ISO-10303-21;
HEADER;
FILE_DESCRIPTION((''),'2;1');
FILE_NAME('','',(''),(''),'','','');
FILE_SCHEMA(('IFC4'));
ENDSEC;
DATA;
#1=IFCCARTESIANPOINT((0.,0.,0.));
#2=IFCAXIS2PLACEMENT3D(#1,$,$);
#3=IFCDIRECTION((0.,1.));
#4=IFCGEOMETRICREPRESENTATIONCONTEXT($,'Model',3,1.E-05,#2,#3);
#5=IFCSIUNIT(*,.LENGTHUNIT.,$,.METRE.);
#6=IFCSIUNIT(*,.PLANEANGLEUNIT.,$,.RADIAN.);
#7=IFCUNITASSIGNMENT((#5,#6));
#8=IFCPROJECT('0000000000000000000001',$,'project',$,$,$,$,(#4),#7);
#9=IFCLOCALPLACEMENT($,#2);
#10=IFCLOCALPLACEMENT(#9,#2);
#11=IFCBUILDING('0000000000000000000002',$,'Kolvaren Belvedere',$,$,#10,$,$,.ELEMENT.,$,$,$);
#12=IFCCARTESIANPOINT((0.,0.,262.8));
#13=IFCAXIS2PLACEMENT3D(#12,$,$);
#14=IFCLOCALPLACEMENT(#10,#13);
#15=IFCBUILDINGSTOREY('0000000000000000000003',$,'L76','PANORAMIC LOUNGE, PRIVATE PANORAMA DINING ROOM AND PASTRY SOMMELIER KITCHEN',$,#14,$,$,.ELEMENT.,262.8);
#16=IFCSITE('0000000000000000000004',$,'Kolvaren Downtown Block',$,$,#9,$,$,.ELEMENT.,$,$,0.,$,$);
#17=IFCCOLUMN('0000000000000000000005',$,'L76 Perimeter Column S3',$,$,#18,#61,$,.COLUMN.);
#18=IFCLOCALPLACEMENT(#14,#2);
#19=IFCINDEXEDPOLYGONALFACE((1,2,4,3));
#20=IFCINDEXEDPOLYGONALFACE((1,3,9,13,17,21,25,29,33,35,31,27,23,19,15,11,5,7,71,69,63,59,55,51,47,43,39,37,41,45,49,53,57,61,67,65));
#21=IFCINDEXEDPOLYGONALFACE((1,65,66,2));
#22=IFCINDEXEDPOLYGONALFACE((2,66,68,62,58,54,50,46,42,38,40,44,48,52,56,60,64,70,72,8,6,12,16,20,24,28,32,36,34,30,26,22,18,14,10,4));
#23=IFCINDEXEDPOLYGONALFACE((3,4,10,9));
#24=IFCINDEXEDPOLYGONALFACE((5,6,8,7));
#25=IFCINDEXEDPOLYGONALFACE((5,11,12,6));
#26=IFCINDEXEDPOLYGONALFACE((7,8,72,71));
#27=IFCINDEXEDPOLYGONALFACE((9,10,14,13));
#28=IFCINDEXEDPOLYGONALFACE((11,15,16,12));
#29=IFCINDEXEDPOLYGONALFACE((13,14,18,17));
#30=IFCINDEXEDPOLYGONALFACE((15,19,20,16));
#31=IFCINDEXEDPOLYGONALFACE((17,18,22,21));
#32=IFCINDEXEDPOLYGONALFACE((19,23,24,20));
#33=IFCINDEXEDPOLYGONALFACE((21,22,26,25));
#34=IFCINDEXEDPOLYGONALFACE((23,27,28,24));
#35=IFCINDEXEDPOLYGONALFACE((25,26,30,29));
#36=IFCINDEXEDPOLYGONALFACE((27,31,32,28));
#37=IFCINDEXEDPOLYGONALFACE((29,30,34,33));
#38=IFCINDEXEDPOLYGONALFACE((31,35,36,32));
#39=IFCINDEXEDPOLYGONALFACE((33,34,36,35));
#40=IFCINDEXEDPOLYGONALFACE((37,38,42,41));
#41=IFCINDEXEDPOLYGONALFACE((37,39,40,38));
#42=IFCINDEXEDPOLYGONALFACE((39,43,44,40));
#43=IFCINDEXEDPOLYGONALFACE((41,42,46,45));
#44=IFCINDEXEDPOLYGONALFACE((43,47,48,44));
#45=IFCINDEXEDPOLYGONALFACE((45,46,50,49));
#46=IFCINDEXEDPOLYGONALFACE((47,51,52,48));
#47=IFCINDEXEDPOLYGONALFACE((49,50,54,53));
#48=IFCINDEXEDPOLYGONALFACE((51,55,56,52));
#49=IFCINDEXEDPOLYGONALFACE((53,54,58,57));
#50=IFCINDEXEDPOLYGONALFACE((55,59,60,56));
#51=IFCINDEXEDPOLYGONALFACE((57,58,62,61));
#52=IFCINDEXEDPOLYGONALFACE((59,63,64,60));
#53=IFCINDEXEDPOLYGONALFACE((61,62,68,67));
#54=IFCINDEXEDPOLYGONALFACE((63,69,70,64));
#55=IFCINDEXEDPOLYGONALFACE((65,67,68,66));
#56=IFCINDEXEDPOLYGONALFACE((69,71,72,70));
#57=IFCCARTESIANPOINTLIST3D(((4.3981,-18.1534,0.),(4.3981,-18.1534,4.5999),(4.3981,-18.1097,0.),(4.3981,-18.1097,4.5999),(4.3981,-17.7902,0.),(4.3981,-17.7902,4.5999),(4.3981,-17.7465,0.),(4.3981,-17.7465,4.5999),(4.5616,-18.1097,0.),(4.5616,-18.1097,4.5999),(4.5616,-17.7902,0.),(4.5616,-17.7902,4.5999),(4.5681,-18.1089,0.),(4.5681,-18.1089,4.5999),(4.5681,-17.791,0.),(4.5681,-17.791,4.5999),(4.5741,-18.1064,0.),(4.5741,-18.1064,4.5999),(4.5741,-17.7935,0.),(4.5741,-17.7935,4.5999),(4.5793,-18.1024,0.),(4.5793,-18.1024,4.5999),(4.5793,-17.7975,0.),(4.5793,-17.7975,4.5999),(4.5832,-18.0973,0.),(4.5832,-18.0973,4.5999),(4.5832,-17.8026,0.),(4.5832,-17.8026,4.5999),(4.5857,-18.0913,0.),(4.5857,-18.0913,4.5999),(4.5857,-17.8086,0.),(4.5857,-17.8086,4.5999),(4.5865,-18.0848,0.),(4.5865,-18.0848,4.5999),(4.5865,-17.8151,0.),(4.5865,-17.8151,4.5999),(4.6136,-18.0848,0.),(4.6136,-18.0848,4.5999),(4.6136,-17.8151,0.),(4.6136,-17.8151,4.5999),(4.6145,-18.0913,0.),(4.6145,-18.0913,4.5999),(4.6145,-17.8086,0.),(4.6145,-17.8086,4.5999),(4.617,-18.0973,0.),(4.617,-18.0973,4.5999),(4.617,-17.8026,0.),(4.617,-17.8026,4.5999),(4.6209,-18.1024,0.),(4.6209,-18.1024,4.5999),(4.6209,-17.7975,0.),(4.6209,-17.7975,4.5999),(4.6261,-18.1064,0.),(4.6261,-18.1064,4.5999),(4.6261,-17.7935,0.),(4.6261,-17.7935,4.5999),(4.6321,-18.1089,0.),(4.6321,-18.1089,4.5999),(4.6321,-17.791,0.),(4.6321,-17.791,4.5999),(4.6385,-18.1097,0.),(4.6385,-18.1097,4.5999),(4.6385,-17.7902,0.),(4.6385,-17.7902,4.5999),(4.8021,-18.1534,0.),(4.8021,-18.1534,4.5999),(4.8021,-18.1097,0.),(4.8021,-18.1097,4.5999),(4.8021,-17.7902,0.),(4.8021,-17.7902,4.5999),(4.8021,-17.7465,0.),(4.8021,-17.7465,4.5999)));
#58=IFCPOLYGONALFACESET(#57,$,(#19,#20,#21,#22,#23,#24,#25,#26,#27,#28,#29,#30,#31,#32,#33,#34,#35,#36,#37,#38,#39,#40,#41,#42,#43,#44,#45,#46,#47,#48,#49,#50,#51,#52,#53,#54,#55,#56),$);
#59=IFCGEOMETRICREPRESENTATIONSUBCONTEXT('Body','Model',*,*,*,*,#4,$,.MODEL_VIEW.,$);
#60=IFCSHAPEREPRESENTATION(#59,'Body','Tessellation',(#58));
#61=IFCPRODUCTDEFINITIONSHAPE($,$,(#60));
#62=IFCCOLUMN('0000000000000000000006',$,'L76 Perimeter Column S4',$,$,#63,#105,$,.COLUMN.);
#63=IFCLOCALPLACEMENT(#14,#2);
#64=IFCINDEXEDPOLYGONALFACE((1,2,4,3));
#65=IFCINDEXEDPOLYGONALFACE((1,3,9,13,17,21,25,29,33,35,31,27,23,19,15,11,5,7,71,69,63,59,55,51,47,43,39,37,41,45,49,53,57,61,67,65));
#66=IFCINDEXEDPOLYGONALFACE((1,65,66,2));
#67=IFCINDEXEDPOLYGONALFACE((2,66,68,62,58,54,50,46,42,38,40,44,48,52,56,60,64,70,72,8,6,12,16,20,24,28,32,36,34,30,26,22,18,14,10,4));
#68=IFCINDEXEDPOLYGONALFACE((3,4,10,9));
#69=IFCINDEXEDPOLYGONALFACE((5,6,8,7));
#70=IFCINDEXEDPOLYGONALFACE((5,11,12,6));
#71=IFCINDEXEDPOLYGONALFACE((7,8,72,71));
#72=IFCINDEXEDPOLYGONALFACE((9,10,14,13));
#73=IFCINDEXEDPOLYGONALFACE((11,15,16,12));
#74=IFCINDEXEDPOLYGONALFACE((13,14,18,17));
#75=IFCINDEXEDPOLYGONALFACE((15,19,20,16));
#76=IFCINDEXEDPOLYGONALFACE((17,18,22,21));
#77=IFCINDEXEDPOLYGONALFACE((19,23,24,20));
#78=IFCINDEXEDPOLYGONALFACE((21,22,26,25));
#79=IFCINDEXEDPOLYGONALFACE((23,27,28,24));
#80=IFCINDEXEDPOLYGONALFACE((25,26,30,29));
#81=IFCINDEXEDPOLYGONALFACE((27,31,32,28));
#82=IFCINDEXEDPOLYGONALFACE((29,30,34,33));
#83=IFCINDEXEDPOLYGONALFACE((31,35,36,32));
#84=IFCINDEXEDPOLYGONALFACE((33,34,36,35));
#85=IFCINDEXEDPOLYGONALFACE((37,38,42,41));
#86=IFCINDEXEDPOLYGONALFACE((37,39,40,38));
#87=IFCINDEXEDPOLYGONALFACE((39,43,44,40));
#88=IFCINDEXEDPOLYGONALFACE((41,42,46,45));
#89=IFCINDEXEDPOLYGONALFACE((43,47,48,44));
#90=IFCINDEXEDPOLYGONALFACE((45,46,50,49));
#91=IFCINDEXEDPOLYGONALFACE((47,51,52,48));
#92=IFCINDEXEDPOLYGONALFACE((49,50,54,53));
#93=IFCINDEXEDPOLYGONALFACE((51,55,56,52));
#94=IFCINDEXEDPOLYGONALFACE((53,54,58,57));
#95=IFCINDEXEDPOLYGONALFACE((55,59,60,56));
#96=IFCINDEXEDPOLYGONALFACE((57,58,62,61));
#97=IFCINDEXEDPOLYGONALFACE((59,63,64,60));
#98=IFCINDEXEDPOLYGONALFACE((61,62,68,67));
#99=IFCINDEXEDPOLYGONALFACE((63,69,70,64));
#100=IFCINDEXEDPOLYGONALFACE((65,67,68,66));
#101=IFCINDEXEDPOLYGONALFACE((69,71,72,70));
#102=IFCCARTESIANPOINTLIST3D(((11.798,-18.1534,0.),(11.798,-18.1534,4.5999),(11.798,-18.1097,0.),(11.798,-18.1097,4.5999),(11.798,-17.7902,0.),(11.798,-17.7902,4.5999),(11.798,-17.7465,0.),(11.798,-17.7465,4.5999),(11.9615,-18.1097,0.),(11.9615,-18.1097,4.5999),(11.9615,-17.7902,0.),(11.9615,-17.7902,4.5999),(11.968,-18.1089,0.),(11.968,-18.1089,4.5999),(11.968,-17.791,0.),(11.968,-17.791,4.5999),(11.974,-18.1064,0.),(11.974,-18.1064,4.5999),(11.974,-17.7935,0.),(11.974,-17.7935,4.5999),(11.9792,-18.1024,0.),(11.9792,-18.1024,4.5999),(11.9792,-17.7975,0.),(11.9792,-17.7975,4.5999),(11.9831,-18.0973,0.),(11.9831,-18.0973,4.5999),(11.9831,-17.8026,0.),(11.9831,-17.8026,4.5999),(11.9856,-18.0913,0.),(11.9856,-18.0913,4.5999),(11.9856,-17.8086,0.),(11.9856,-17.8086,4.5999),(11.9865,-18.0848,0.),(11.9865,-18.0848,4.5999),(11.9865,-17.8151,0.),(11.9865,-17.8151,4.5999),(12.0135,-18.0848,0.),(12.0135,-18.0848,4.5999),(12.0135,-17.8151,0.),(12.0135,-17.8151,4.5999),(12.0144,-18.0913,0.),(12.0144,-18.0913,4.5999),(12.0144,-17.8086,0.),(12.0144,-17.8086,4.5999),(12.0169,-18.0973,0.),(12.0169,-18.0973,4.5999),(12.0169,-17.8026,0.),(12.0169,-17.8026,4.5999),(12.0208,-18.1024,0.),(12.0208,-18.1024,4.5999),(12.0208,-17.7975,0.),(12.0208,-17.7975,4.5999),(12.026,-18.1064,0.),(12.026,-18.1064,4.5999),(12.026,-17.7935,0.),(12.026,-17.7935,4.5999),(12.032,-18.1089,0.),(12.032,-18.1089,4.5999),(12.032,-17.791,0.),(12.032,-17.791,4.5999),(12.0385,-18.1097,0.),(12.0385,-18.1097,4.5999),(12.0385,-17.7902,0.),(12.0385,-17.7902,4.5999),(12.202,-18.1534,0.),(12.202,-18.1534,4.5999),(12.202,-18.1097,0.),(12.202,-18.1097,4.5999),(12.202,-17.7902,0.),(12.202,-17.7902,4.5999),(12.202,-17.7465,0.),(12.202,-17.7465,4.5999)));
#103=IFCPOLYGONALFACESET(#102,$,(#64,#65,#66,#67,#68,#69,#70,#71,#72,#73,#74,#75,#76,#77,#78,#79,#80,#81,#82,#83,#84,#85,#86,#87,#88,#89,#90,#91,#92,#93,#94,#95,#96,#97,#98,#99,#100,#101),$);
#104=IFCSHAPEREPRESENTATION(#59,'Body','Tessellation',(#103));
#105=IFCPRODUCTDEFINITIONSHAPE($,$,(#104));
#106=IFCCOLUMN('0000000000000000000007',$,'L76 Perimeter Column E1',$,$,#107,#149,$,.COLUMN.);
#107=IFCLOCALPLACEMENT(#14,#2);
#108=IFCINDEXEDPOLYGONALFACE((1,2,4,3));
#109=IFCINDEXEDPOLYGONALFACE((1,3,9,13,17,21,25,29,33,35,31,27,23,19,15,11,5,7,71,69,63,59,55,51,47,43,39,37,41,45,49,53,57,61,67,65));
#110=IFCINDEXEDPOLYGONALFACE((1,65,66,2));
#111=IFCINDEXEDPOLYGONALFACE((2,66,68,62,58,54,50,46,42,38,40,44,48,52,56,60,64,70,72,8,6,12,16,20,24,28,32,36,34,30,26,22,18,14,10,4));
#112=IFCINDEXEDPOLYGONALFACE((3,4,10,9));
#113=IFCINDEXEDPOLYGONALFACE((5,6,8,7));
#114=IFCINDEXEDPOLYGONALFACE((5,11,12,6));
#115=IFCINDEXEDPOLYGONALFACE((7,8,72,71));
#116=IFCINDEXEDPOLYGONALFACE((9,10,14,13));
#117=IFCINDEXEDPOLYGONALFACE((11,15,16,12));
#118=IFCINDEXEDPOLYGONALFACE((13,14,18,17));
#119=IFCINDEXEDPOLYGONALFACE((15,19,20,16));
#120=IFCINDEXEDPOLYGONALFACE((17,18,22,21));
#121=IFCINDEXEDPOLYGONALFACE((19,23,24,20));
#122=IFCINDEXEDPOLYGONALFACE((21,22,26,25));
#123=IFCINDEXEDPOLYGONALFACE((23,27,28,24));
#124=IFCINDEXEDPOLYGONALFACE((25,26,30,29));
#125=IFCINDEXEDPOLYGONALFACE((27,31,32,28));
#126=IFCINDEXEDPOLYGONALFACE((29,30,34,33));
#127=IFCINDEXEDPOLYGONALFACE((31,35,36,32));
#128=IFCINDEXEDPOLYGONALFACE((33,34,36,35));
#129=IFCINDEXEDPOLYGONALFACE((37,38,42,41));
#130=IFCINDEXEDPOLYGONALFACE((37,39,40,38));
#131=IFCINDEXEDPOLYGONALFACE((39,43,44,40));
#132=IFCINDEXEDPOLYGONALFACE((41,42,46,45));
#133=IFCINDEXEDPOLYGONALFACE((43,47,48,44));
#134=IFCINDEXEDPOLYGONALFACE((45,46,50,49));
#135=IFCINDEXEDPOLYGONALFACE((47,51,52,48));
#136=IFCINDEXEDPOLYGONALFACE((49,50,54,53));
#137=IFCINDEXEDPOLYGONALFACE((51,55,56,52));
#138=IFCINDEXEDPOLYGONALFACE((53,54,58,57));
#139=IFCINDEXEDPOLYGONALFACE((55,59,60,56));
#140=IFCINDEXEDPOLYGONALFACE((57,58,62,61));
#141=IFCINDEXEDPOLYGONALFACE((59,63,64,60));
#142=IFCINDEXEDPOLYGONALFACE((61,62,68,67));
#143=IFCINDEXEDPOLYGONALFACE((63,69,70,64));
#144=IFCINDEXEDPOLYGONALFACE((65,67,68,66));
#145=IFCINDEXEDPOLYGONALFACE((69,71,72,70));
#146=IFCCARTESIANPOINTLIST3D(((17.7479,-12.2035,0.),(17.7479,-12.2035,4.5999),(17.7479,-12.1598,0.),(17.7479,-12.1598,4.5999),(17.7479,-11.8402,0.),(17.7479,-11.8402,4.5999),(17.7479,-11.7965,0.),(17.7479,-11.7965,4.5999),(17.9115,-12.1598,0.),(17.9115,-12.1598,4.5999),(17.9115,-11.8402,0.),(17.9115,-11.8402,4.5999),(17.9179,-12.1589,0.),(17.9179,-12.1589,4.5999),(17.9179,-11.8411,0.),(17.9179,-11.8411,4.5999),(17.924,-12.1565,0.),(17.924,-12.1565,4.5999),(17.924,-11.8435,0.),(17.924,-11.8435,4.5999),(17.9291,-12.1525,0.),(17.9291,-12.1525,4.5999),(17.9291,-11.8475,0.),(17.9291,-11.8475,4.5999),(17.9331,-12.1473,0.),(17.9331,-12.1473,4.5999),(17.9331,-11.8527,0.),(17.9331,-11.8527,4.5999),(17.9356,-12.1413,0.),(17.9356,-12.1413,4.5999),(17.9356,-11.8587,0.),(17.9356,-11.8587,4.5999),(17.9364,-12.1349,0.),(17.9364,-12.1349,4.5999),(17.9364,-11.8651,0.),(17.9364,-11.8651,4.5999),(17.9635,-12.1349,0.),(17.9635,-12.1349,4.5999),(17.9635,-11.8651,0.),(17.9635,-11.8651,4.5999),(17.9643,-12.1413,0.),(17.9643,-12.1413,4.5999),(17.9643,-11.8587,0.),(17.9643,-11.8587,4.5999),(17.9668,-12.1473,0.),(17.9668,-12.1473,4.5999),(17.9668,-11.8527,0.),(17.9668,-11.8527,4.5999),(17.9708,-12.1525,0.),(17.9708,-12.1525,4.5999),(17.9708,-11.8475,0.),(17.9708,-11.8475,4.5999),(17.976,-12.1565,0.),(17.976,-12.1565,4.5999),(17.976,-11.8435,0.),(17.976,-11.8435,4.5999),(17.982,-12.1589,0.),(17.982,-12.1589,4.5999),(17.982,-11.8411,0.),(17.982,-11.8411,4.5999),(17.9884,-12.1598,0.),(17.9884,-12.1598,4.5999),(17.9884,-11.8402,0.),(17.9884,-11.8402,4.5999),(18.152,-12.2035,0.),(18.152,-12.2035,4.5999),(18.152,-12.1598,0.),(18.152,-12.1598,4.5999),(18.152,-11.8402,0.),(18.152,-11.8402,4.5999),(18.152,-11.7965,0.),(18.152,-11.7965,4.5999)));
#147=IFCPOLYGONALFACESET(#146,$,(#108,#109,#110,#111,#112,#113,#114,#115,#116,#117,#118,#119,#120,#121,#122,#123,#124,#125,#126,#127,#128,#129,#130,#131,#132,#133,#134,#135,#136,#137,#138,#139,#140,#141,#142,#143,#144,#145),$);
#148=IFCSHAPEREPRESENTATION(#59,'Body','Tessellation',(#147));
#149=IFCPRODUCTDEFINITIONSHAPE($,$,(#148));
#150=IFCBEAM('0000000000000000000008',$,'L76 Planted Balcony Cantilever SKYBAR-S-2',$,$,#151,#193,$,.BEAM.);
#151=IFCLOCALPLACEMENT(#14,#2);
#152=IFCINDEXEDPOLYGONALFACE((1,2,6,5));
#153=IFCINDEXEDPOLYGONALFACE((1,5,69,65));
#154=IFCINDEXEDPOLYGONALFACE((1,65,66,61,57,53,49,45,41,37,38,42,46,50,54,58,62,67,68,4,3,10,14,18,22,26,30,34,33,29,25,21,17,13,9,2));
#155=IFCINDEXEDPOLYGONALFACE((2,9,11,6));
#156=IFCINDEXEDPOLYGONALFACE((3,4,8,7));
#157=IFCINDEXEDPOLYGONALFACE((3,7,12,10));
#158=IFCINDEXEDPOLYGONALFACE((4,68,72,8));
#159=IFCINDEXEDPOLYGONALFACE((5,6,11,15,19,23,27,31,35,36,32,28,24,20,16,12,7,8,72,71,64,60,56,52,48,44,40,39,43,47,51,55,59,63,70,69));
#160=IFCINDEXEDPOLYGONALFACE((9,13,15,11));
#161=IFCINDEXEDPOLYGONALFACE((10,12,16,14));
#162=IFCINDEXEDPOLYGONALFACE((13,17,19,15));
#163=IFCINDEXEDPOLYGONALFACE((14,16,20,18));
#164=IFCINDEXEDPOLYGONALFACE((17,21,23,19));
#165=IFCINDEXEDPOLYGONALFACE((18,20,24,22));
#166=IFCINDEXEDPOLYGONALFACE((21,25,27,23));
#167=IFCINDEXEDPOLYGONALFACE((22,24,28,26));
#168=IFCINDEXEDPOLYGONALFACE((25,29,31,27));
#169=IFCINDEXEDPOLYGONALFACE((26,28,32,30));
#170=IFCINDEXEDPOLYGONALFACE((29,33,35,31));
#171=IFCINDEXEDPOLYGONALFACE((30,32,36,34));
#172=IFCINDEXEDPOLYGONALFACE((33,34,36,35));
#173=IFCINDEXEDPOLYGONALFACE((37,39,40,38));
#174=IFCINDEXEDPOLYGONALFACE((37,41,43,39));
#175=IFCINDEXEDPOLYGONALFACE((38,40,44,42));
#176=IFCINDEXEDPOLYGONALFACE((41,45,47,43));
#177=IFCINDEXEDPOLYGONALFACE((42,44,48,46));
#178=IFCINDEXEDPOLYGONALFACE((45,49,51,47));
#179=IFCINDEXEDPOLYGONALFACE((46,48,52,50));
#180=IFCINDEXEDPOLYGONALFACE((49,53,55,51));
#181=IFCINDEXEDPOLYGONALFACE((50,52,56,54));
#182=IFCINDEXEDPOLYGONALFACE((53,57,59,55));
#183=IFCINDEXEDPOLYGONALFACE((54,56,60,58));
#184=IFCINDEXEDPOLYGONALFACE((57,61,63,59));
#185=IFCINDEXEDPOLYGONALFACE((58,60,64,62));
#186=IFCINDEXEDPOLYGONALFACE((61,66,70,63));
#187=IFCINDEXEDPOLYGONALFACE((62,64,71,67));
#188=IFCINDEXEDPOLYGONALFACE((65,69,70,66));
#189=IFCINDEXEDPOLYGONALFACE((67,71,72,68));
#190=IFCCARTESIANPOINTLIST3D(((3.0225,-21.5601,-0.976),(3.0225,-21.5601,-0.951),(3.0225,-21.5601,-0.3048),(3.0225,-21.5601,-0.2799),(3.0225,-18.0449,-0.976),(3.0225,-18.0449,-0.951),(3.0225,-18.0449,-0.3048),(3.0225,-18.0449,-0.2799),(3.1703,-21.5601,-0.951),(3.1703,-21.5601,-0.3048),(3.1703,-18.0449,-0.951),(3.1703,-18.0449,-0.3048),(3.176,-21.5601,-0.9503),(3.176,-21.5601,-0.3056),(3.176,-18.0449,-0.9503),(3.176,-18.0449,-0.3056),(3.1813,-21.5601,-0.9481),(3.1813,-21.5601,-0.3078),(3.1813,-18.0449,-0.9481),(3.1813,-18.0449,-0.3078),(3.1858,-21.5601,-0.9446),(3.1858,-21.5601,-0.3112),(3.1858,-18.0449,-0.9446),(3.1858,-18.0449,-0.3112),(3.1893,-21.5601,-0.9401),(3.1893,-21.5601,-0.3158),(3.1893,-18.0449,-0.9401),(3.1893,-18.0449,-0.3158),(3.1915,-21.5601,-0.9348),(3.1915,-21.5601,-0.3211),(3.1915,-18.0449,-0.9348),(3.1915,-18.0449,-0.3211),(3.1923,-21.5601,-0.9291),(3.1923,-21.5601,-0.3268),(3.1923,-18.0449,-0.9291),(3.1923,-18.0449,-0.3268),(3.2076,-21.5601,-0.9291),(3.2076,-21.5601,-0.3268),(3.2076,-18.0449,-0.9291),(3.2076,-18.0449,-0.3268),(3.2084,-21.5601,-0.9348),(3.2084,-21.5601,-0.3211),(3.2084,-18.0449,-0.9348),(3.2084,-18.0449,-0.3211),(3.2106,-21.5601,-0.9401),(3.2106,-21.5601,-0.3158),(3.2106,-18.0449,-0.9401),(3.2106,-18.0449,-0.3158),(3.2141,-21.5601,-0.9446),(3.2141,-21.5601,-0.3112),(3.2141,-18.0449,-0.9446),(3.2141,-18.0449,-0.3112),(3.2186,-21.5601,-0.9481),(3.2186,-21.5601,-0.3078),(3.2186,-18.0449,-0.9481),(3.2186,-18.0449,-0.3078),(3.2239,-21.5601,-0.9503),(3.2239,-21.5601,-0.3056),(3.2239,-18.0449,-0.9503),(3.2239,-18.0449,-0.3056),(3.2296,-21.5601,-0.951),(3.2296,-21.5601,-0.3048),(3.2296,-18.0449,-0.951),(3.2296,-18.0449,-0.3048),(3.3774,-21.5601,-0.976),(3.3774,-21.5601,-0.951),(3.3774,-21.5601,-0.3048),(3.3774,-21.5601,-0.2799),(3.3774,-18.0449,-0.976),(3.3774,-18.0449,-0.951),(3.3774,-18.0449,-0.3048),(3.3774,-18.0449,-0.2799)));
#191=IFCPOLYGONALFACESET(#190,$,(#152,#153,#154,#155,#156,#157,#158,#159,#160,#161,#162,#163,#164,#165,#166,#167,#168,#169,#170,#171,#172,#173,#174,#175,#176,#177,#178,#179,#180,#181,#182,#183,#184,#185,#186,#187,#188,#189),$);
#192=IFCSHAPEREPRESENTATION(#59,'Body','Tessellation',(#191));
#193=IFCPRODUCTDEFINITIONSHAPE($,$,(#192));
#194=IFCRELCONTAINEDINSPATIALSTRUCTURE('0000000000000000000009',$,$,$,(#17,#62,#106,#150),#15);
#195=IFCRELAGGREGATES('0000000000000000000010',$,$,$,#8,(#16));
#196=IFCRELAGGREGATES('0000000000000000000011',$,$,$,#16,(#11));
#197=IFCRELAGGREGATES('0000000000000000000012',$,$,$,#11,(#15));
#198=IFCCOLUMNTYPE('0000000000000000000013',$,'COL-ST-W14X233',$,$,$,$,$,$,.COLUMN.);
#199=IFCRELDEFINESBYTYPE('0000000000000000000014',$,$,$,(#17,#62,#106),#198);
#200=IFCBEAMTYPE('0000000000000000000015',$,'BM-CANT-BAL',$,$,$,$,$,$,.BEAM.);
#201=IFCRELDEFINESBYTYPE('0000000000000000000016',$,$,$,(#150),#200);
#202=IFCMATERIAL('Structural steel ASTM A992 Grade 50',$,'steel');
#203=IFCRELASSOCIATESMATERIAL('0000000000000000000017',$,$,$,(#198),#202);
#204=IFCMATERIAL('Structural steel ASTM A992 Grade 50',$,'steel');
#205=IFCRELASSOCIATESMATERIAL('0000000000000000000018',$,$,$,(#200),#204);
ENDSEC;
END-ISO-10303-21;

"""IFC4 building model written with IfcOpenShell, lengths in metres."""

from ifc_helpers import new_model, si_unit, direction, frame, origin, origin_2d, place, context, subcontext, project, spatial, i_section, extrude, material, material_profile, profile_set, type_object, element, save


model = new_model("IFC4")

# Units and contexts
model_context = context("Model", 3, precision=1e-05, world=origin(), true_north=direction((0.0, 1.0)))
body_context = subcontext(model_context, "Body", "Model", "MODEL_VIEW")
ifc_project = project(units=[si_unit("LENGTHUNIT", "METRE"), si_unit("PLANEANGLEUNIT", "RADIAN")], contexts=[model_context])

# Site, building, storey
site_placement = place(None, origin())
site = spatial("IfcSite", under=ifc_project, at=site_placement, Name="Kolvaren Downtown Block", CompositionType="ELEMENT", RefElevation=0.0)
building_placement = place(site_placement, origin())
building = spatial("IfcBuilding", under=site, at=building_placement, Name="Kolvaren Belvedere", CompositionType="ELEMENT")
storey_placement = place(building_placement, frame((0.0, 0.0, 262.8)))
storey = spatial("IfcBuildingStorey", under=building, at=storey_placement, Name="L76", Description="PANORAMIC LOUNGE, PRIVATE PANORAMA DINING ROOM AND PASTRY SOMMELIER KITCHEN", CompositionType="ELEMENT", Elevation=262.8)

# Columns
ifc_material_1 = material(Name="Structural steel ASTM A992 Grade 50", Category="steel")
ifc_material_profile_1 = material_profile(ifc_material_1, i_section(OverallWidth=0.4041, OverallDepth=0.407, WebThickness=0.0271, FlangeThickness=0.0437, FilletRadius=0.0249, at=origin_2d()), Name="W14X233")
ifc_profile_set_1 = profile_set([ifc_material_profile_1], Name="Structural steel ASTM A992 Grade 50")
column_type = type_object("IfcColumnType", Name="COL-ST-W14X233", PredefinedType="COLUMN", material=ifc_profile_set_1)
for number, where, z_axis, x_axis, name in (
    (1, (4.6001, -17.95, 0.0), (0.0, 0.0, 1.0), (1.0, 0.0, 0.0), "L76 Perimeter Column S3"),
    (2, (12.0, -17.95, 0.0), (0.0, 0.0, 1.0), (1.0, 0.0, 0.0), "L76 Perimeter Column S4"),
    (3, (17.95, -12.0, 0.0), (0.0, 0.0, 1.0), (1.0, 0.0, 0.0), "L76 Perimeter Column E1"),
):
    element("IfcColumn", number, at=place(storey_placement, frame(where, z_axis=z_axis, x_axis=x_axis)), inside=storey, type_object=column_type, Name=name, PredefinedType="COLUMN", context=body_context, shape_type="SweptSolid", body=[
        extrude(i_section(OverallWidth=0.4041, OverallDepth=0.407, WebThickness=0.0271, FlangeThickness=0.0437, FilletRadius=0.0249, at=origin_2d()), origin(), (0.0, 0.0, 1.0), 4.5999),
    ])

# Beam
ifc_material_2 = material(Name="Structural steel ASTM A992 Grade 50", Category="steel")
ifc_material_profile_2 = material_profile(ifc_material_2, i_section(OverallWidth=0.355, OverallDepth=0.696, WebThickness=0.0154, FlangeThickness=0.0249, FilletRadius=0.022, at=origin_2d()), Name="W27X146")
ifc_profile_set_2 = profile_set([ifc_material_profile_2], Name="Structural steel ASTM A992 Grade 50")
beam_type_1 = type_object("IfcBeamType", Name="BM-CANT-BAL", PredefinedType="BEAM", material=ifc_profile_set_2)
beam_1_placement = place(storey_placement, frame((3.2, -18.0449, -0.6279), z_axis=(0.0, -1.0, 0.0), x_axis=(1.0, 0.0, 0.0)))
element("IfcBeam", 4, at=beam_1_placement, inside=storey, type_object=beam_type_1, Name="L76 Planted Balcony Cantilever SKYBAR-S-2", PredefinedType="BEAM", context=body_context, shape_type="SweptSolid", body=[
    extrude(i_section(OverallWidth=0.355, OverallDepth=0.696, WebThickness=0.0154, FlangeThickness=0.0249, FilletRadius=0.022, at=origin_2d()), origin(), (0.0, 0.0, 1.0), 3.5151),
])

save(model, "model.ifc")
